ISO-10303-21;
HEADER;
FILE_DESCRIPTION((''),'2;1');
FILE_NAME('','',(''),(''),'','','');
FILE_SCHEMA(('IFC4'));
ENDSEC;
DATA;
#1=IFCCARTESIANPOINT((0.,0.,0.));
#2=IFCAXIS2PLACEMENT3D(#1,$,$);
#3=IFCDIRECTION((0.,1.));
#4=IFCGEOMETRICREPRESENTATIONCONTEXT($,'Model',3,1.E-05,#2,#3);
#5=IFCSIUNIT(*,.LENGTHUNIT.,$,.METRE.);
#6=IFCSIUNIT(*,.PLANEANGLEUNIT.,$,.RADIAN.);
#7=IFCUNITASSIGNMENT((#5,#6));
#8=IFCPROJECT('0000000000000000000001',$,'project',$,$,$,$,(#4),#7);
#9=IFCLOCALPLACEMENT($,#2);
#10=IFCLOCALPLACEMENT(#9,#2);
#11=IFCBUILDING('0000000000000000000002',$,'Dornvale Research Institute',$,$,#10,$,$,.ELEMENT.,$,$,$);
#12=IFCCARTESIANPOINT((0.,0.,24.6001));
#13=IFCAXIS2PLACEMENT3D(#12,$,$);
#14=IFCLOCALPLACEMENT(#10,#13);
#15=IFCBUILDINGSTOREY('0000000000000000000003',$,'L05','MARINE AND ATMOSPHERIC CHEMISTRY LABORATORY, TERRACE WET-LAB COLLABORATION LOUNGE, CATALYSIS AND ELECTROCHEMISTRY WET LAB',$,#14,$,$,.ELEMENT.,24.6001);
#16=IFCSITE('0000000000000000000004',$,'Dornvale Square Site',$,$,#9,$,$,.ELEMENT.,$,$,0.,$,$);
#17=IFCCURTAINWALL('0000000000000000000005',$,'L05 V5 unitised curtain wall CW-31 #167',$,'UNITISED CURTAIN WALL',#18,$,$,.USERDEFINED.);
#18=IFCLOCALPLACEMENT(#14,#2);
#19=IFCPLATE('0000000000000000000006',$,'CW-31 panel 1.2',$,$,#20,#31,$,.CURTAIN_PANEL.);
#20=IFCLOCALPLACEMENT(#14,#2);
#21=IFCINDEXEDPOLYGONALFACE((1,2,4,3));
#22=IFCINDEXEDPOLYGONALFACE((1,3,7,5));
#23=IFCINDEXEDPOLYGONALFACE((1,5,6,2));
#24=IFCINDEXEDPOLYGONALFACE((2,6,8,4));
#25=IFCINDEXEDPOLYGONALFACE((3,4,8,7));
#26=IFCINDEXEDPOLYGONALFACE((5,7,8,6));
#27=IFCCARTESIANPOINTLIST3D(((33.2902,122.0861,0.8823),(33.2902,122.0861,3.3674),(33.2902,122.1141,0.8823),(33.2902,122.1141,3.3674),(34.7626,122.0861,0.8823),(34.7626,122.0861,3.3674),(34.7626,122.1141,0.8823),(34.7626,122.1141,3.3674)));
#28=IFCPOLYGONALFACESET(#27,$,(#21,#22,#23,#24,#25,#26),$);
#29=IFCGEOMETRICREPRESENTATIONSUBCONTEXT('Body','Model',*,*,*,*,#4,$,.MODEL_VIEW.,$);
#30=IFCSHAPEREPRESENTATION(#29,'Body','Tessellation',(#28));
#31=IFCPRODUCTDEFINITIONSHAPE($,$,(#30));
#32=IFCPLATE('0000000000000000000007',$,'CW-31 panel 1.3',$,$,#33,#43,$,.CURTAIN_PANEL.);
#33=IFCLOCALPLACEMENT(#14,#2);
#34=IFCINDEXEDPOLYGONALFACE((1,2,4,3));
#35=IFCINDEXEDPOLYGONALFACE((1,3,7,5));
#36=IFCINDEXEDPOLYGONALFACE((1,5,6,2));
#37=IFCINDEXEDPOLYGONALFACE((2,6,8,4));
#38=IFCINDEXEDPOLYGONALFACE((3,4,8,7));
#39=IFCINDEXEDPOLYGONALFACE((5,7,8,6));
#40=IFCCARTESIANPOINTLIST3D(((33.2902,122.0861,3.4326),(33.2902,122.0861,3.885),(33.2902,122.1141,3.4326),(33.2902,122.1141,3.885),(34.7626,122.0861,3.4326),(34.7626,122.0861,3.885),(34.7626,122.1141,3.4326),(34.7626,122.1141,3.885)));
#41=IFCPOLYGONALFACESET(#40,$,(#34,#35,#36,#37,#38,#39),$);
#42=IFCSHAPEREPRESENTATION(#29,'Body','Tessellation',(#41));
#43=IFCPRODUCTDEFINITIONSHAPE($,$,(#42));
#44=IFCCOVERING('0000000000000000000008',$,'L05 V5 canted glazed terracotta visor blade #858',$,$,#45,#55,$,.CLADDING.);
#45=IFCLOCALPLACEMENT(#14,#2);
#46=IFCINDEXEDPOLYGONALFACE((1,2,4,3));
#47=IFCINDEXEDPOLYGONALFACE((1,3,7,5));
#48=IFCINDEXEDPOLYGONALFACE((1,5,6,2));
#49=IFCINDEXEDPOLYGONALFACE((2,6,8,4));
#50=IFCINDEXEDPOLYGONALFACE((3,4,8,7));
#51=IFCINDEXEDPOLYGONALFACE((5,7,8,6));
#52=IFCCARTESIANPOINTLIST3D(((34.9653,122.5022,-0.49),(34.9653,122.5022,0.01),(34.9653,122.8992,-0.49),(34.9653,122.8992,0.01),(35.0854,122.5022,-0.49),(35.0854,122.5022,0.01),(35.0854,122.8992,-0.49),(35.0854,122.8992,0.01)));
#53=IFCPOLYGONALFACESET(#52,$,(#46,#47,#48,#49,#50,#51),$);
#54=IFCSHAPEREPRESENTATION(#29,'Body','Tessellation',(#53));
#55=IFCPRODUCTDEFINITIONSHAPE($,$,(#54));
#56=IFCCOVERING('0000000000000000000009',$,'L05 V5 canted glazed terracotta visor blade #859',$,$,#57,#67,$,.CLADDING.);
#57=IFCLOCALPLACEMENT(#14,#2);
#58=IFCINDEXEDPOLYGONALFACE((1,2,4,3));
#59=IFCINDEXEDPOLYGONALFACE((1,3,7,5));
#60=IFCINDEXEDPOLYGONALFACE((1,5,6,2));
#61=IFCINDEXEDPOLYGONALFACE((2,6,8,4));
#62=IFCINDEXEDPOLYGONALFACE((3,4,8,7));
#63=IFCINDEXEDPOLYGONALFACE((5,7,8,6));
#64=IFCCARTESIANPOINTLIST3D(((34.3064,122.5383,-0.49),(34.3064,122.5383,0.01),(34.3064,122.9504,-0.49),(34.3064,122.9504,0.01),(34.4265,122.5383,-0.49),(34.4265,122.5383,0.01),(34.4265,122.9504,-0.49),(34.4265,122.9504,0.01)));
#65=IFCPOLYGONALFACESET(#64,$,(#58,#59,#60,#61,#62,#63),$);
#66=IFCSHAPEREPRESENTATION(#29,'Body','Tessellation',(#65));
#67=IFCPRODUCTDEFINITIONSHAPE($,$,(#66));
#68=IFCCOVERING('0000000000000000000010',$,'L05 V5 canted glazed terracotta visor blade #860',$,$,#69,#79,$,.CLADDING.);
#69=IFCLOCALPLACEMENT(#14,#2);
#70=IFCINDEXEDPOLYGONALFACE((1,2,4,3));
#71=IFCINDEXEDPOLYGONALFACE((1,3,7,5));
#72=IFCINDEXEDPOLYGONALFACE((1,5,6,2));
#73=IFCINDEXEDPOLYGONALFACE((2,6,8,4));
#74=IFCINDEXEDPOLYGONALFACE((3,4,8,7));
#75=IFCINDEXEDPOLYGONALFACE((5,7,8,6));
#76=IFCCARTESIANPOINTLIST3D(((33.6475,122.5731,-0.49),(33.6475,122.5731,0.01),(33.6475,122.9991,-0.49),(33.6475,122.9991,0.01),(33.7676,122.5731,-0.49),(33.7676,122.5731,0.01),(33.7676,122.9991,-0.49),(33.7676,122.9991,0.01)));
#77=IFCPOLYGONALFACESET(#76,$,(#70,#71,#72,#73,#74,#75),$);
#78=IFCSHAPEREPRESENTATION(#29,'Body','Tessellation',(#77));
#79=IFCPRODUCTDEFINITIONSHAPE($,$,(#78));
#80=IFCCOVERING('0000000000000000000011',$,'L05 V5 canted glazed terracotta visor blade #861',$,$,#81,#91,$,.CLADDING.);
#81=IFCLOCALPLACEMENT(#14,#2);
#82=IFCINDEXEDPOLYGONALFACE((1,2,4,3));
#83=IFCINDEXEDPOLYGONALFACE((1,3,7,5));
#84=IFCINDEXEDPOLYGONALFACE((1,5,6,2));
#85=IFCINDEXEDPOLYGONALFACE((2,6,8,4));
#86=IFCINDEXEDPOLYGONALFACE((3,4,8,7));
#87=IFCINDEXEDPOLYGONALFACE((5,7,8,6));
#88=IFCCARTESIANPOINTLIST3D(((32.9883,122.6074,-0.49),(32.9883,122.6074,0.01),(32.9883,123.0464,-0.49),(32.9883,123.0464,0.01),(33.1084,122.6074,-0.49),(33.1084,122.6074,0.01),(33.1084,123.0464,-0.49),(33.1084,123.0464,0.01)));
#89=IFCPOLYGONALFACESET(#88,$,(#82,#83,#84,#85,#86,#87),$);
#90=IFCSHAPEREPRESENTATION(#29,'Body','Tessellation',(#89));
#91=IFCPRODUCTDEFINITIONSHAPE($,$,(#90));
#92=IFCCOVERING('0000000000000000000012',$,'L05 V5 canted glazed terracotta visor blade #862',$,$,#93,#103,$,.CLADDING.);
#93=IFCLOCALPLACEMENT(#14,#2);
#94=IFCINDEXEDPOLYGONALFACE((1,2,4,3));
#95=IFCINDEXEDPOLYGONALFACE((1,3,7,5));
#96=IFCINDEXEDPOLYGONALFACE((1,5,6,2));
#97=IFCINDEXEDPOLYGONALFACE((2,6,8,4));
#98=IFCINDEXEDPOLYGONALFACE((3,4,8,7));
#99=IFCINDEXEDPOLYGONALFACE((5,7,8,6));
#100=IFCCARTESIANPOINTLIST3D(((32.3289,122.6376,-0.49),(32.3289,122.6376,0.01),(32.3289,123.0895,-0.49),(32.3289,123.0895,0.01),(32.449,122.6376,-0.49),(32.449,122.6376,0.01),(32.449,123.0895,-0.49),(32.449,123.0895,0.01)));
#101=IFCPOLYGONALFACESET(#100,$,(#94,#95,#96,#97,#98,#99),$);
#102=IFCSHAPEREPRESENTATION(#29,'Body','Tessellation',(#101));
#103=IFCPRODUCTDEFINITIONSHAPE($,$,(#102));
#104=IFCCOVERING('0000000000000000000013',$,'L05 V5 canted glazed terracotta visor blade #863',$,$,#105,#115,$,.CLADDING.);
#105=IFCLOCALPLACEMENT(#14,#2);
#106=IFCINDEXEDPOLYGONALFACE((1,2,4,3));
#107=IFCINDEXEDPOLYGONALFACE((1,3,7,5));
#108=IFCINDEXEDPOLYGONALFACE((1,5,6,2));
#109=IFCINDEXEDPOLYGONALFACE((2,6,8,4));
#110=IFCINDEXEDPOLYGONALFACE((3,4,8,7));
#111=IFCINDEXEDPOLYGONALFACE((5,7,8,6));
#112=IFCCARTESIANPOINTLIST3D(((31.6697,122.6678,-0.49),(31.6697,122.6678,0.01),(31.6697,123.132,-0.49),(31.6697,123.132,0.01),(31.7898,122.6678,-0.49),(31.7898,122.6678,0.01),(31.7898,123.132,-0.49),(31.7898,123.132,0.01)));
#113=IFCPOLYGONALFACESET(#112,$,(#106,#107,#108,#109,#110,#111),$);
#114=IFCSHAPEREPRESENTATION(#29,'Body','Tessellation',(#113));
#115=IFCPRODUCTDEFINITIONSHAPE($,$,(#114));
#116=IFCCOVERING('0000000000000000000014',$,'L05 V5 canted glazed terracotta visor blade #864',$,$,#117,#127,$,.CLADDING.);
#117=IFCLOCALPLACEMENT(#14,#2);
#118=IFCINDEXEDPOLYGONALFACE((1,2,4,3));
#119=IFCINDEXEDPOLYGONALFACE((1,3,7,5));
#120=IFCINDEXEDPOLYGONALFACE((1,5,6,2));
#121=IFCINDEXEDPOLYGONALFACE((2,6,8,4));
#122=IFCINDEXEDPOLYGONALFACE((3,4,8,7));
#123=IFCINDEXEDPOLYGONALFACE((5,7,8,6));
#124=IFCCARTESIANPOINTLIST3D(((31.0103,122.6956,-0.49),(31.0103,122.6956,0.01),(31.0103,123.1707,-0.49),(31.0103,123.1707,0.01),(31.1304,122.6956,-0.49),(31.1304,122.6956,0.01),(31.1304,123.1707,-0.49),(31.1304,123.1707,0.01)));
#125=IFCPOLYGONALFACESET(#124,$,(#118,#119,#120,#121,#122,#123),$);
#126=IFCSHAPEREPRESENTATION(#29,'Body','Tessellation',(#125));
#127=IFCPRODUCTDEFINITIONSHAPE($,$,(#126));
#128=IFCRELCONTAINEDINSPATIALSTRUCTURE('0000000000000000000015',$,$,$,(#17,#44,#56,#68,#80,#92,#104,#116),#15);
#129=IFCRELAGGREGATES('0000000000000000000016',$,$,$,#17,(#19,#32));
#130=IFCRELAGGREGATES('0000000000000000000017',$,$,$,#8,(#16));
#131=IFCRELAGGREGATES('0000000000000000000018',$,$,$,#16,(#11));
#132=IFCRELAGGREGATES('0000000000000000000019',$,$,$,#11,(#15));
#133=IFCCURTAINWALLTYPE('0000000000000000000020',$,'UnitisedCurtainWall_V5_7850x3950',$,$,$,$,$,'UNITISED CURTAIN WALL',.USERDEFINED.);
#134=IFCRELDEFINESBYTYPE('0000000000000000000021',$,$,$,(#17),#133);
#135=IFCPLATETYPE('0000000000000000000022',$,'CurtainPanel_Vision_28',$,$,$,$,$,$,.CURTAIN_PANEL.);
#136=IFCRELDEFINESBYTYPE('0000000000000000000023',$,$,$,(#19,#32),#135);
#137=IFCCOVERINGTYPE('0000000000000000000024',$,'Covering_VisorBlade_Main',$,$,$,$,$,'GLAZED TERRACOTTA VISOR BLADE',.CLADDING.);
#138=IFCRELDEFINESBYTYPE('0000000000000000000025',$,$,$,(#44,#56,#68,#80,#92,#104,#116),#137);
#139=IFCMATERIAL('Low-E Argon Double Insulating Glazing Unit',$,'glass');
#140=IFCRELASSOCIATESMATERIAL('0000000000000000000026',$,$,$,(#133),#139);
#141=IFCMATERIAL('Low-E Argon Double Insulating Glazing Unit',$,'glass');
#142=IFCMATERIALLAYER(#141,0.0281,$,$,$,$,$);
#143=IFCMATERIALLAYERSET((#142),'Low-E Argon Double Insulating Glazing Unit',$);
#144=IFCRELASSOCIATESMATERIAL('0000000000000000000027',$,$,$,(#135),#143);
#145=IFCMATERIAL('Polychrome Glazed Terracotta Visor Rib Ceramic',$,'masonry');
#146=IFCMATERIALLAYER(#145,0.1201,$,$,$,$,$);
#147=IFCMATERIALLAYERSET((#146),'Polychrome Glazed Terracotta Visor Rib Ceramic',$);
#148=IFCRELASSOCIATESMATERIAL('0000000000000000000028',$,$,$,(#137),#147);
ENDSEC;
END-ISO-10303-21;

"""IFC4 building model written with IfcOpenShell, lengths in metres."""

from ifc_helpers import new_model, si_unit, direction, frame, origin, origin_2d, place, context, subcontext, project, spatial, rectangle, extrude, material, layer, layer_set, type_object, element, aggregate, save


model = new_model("IFC4")

# Units and contexts
model_context = context("Model", 3, precision=1e-05, world=origin(), true_north=direction((0.0, 1.0)))
body_context = subcontext(model_context, "Body", "Model", "MODEL_VIEW")
ifc_project = project(units=[si_unit("LENGTHUNIT", "METRE"), si_unit("PLANEANGLEUNIT", "RADIAN")], contexts=[model_context])

# Site, building, storey
site_placement = place(None, origin())
site = spatial("IfcSite", under=ifc_project, at=site_placement, Name="Dornvale Square Site", CompositionType="ELEMENT", RefElevation=0.0)
building_placement = place(site_placement, origin())
building = spatial("IfcBuilding", under=site, at=building_placement, Name="Dornvale Research Institute", CompositionType="ELEMENT")
storey_placement = place(building_placement, frame((0.0, 0.0, 24.6001)))
storey = spatial("IfcBuildingStorey", under=building, at=storey_placement, Name="L05", Description="MARINE AND ATMOSPHERIC CHEMISTRY LABORATORY, TERRACE WET-LAB COLLABORATION LOUNGE, CATALYSIS AND ELECTROCHEMISTRY WET LAB", CompositionType="ELEMENT", Elevation=24.6001)

# Curtain wall
ifc_material_1 = material(Name="Low-E Argon Double Insulating Glazing Unit", Category="glass")
curtain_wall_type = type_object("IfcCurtainWallType", Name="UnitisedCurtainWall_V5_7850x3950", ElementType="UNITISED CURTAIN WALL", PredefinedType="USERDEFINED", material=ifc_material_1)
curtain_wall_placement = place(storey_placement, origin())
curtain_wall = element("IfcCurtainWall", 1, at=curtain_wall_placement, inside=storey, type_object=curtain_wall_type, Name="L05 V5 unitised curtain wall CW-31 #167", ObjectType="UNITISED CURTAIN WALL", PredefinedType="USERDEFINED")

# Plates
ifc_material_2 = material(Name="Low-E Argon Double Insulating Glazing Unit", Category="glass")
ifc_layer_1 = layer(ifc_material_2, 0.0281)
ifc_layer_set_1 = layer_set([ifc_layer_1], Name="Low-E Argon Double Insulating Glazing Unit")
plate_type_1 = type_object("IfcPlateType", Name="CurtainPanel_Vision_28", PredefinedType="CURTAIN_PANEL", material=ifc_layer_set_1)
plate_1_placement = place(storey_placement, frame((34.0264, 122.1001, 0.8823), z_axis=(0.0, 0.0, 1.0), x_axis=(1.0, 0.0, 0.0)))
plate_1 = element("IfcPlate", 2, at=plate_1_placement, type_object=plate_type_1, Name="CW-31 panel 1.2", PredefinedType="CURTAIN_PANEL", context=body_context, shape_type="SweptSolid", body=[
    extrude(rectangle(XDim=1.4724, YDim=0.0281, at=origin_2d()), origin(), (0.0, 0.0, 1.0), 2.4851),
])
plate_2_placement = place(storey_placement, frame((34.0264, 122.1001, 3.4326), z_axis=(0.0, 0.0, 1.0), x_axis=(1.0, 0.0, 0.0)))
plate_2 = element("IfcPlate", 3, at=plate_2_placement, type_object=plate_type_1, Name="CW-31 panel 1.3", PredefinedType="CURTAIN_PANEL", context=body_context, shape_type="SweptSolid", body=[
    extrude(rectangle(XDim=1.4724, YDim=0.0281, at=origin_2d()), origin(), (0.0, 0.0, 1.0), 0.4524),
])
aggregate(curtain_wall, [plate_1, plate_2])

# Coverings
ifc_material_3 = material(Name="Polychrome Glazed Terracotta Visor Rib Ceramic", Category="masonry")
ifc_layer_2 = layer(ifc_material_3, 0.1201)
ifc_layer_set_2 = layer_set([ifc_layer_2], Name="Polychrome Glazed Terracotta Visor Rib Ceramic")
covering_type = type_object("IfcCoveringType", Name="Covering_VisorBlade_Main", ElementType="GLAZED TERRACOTTA VISOR BLADE", PredefinedType="CLADDING", material=ifc_layer_set_2)
covering_1_placement = place(storey_placement, frame((35.0254, 122.7007, -0.49), z_axis=(0.0, 0.0, 1.0), x_axis=(0.0, 1.0, 0.0)))
element("IfcCovering", 4, at=covering_1_placement, inside=storey, type_object=covering_type, Name="L05 V5 canted glazed terracotta visor blade #858", PredefinedType="CLADDING", context=body_context, shape_type="SweptSolid", body=[
    extrude(rectangle(XDim=0.397, YDim=0.1201, at=origin_2d()), origin(), (0.0, 0.0, 1.0), 0.5),
])
covering_2_placement = place(storey_placement, frame((34.3665, 122.7444, -0.49), z_axis=(0.0, 0.0, 1.0), x_axis=(0.0, 1.0, 0.0)))
element("IfcCovering", 5, at=covering_2_placement, inside=storey, type_object=covering_type, Name="L05 V5 canted glazed terracotta visor blade #859", PredefinedType="CLADDING", context=body_context, shape_type="SweptSolid", body=[
    extrude(rectangle(XDim=0.4121, YDim=0.1201, at=origin_2d()), origin(), (0.0, 0.0, 1.0), 0.5),
])
covering_3_placement = place(storey_placement, frame((33.7075, 122.7861, -0.49), z_axis=(0.0, 0.0, 1.0), x_axis=(0.0, 1.0, 0.0)))
element("IfcCovering", 6, at=covering_3_placement, inside=storey, type_object=covering_type, Name="L05 V5 canted glazed terracotta visor blade #860", PredefinedType="CLADDING", context=body_context, shape_type="SweptSolid", body=[
    extrude(rectangle(XDim=0.426, YDim=0.1201, at=origin_2d()), origin(), (0.0, 0.0, 1.0), 0.5),
])
covering_4_placement = place(storey_placement, frame((33.0483, 122.8269, -0.49), z_axis=(0.0, 0.0, 1.0), x_axis=(0.0, 1.0, 0.0)))
element("IfcCovering", 7, at=covering_4_placement, inside=storey, type_object=covering_type, Name="L05 V5 canted glazed terracotta visor blade #861", PredefinedType="CLADDING", context=body_context, shape_type="SweptSolid", body=[
    extrude(rectangle(XDim=0.439, YDim=0.1201, at=origin_2d()), origin(), (0.0, 0.0, 1.0), 0.5),
])
covering_5_placement = place(storey_placement, frame((32.3889, 122.8635, -0.49), z_axis=(0.0, 0.0, 1.0), x_axis=(0.0, 1.0, 0.0)))
element("IfcCovering", 8, at=covering_5_placement, inside=storey, type_object=covering_type, Name="L05 V5 canted glazed terracotta visor blade #862", PredefinedType="CLADDING", context=body_context, shape_type="SweptSolid", body=[
    extrude(rectangle(XDim=0.4519, YDim=0.1201, at=origin_2d()), origin(), (0.0, 0.0, 1.0), 0.5),
])
covering_6_placement = place(storey_placement, frame((31.7297, 122.8999, -0.49), z_axis=(0.0, 0.0, 1.0), x_axis=(0.0, 1.0, 0.0)))
element("IfcCovering", 9, at=covering_6_placement, inside=storey, type_object=covering_type, Name="L05 V5 canted glazed terracotta visor blade #863", PredefinedType="CLADDING", context=body_context, shape_type="SweptSolid", body=[
    extrude(rectangle(XDim=0.4641, YDim=0.1201, at=origin_2d()), origin(), (0.0, 0.0, 1.0), 0.5),
])
covering_7_placement = place(storey_placement, frame((31.0703, 122.9331, -0.49), z_axis=(0.0, 0.0, 1.0), x_axis=(0.0, 1.0, 0.0)))
element("IfcCovering", 10, at=covering_7_placement, inside=storey, type_object=covering_type, Name="L05 V5 canted glazed terracotta visor blade #864", PredefinedType="CLADDING", context=body_context, shape_type="SweptSolid", body=[
    extrude(rectangle(XDim=0.4751, YDim=0.1201, at=origin_2d()), origin(), (0.0, 0.0, 1.0), 0.5),
])

save(model, "model.ifc")
